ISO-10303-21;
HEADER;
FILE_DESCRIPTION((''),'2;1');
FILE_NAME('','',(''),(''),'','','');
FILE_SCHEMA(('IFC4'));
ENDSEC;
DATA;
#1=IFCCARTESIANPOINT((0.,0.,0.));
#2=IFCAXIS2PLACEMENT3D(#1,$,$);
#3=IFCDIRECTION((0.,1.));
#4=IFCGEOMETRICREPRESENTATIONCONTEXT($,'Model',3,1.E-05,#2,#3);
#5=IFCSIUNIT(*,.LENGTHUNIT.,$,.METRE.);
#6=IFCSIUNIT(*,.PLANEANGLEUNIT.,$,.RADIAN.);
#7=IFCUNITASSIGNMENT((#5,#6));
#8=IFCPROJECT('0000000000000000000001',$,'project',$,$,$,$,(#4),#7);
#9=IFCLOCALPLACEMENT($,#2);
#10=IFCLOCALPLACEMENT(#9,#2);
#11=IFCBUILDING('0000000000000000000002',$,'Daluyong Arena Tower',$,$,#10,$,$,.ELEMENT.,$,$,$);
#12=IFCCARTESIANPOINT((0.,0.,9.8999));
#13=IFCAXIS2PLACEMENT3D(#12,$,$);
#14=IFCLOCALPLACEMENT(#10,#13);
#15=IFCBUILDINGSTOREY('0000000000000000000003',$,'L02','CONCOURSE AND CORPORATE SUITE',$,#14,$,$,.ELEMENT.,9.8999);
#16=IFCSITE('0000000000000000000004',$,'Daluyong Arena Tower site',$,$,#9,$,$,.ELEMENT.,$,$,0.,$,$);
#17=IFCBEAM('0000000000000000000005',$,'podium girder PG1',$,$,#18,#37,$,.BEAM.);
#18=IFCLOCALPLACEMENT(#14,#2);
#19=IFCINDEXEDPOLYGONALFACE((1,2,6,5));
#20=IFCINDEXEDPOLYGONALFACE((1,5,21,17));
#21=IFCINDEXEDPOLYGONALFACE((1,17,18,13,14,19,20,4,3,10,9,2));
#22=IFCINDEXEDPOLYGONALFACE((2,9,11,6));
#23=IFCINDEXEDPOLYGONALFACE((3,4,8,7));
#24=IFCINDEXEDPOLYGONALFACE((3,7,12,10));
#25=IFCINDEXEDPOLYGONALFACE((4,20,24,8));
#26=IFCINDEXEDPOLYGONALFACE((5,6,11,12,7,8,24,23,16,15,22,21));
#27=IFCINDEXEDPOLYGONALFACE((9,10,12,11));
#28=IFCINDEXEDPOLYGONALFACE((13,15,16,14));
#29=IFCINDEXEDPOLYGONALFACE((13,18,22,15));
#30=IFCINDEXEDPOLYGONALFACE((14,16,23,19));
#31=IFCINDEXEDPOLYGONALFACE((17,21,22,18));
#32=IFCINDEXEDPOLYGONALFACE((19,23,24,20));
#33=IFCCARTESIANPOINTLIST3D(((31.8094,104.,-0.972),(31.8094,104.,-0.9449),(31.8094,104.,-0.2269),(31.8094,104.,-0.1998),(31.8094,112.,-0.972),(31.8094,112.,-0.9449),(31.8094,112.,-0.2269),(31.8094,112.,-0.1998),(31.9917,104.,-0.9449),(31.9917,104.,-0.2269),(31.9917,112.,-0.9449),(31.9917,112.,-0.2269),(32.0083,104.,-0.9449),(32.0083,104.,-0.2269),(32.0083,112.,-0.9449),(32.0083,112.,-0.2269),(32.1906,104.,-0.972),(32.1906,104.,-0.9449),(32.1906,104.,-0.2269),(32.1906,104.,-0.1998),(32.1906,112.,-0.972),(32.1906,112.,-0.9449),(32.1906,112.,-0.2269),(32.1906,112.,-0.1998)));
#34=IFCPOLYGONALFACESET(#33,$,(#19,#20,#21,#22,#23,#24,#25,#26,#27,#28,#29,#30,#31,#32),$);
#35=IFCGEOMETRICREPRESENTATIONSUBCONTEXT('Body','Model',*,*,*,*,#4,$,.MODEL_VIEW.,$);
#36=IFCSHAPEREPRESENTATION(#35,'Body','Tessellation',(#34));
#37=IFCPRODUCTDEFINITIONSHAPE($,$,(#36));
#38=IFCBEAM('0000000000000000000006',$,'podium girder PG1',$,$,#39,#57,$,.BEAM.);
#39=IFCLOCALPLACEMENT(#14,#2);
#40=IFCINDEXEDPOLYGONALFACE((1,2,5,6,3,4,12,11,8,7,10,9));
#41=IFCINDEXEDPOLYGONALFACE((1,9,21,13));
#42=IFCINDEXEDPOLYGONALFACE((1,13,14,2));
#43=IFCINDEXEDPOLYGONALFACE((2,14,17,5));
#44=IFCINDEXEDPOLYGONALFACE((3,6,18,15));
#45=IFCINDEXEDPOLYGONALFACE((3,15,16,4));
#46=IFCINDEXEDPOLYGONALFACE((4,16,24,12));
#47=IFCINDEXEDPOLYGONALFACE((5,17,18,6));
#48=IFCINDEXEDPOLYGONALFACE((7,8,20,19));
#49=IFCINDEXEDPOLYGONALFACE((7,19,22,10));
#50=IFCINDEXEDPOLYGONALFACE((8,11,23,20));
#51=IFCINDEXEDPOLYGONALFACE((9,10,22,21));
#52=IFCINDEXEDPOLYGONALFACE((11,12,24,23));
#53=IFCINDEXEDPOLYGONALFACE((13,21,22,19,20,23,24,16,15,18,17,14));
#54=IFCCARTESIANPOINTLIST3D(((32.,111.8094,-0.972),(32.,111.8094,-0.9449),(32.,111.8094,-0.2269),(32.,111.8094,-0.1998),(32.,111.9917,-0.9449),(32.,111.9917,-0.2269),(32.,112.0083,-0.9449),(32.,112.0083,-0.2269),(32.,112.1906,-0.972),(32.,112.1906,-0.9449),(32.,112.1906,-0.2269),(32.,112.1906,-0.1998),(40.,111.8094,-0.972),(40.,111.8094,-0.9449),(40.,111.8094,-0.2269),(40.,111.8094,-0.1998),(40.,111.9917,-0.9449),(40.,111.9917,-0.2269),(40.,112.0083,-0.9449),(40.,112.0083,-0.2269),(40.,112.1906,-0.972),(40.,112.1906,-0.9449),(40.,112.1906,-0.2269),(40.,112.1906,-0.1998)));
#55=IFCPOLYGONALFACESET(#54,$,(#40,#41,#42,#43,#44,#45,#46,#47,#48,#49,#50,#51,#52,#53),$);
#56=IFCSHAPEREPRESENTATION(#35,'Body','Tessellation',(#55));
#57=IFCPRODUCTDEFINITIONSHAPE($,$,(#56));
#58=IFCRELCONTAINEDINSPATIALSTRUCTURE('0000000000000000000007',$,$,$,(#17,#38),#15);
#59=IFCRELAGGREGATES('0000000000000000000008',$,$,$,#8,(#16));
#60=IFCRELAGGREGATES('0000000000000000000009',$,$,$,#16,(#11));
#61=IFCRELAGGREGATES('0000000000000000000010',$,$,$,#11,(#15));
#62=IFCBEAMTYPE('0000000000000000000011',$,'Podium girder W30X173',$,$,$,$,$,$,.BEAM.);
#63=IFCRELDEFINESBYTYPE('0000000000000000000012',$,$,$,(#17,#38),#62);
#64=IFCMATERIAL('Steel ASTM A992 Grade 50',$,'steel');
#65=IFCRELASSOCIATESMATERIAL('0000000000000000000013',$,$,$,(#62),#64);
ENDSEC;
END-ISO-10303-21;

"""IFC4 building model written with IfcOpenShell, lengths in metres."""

from ifc_helpers import new_model, si_unit, direction, frame, origin, origin_2d, place, context, subcontext, project, spatial, i_section, extrude, material, material_profile, profile_set, type_object, element, save


model = new_model("IFC4")

# Units and contexts
model_context = context("Model", 3, precision=1e-05, world=origin(), true_north=direction((0.0, 1.0)))
body_context = subcontext(model_context, "Body", "Model", "MODEL_VIEW")
ifc_project = project(units=[si_unit("LENGTHUNIT", "METRE"), si_unit("PLANEANGLEUNIT", "RADIAN")], contexts=[model_context])

# Site, building, storey
site_placement = place(None, origin())
site = spatial("IfcSite", under=ifc_project, at=site_placement, Name="Daluyong Arena Tower site", CompositionType="ELEMENT", RefElevation=0.0)
building_placement = place(site_placement, origin())
building = spatial("IfcBuilding", under=site, at=building_placement, Name="Daluyong Arena Tower", CompositionType="ELEMENT")
storey_placement = place(building_placement, frame((0.0, 0.0, 9.8999)))
storey = spatial("IfcBuildingStorey", under=building, at=storey_placement, Name="L02", Description="CONCOURSE AND CORPORATE SUITE", CompositionType="ELEMENT", Elevation=9.8999)

# Beams
ifc_material_1 = material(Name="Steel ASTM A992 Grade 50", Category="steel")
ifc_material_profile_1 = material_profile(ifc_material_1, i_section(OverallWidth=0.3811, OverallDepth=0.7722, WebThickness=0.0166, FlangeThickness=0.0271, at=origin_2d()))
ifc_profile_set_1 = profile_set([ifc_material_profile_1], Name="Steel ASTM A992 Grade 50")
beam_type_1 = type_object("IfcBeamType", Name="Podium girder W30X173", PredefinedType="BEAM", material=ifc_profile_set_1)
for number, where, z_axis, x_axis, name in (
    (1, (32.0, 104.0, -0.5859), (0.0, 1.0, 0.0), (-1.0, 0.0, 0.0), "podium girder PG1"),
    (2, (32.0, 112.0, -0.5859), (1.0, 0.0, 0.0), (0.0, 1.0, 0.0), "podium girder PG1"),
):
    element("IfcBeam", number, at=place(storey_placement, frame(where, z_axis=z_axis, x_axis=x_axis)), inside=storey, type_object=beam_type_1, Name=name, PredefinedType="BEAM", context=body_context, shape_type="SweptSolid", body=[
        extrude(i_section(OverallWidth=0.3811, OverallDepth=0.7722, WebThickness=0.0166, FlangeThickness=0.0271, at=origin_2d()), origin(), (0.0, 0.0, 1.0), 8.0),
    ])

save(model, "model.ifc")
